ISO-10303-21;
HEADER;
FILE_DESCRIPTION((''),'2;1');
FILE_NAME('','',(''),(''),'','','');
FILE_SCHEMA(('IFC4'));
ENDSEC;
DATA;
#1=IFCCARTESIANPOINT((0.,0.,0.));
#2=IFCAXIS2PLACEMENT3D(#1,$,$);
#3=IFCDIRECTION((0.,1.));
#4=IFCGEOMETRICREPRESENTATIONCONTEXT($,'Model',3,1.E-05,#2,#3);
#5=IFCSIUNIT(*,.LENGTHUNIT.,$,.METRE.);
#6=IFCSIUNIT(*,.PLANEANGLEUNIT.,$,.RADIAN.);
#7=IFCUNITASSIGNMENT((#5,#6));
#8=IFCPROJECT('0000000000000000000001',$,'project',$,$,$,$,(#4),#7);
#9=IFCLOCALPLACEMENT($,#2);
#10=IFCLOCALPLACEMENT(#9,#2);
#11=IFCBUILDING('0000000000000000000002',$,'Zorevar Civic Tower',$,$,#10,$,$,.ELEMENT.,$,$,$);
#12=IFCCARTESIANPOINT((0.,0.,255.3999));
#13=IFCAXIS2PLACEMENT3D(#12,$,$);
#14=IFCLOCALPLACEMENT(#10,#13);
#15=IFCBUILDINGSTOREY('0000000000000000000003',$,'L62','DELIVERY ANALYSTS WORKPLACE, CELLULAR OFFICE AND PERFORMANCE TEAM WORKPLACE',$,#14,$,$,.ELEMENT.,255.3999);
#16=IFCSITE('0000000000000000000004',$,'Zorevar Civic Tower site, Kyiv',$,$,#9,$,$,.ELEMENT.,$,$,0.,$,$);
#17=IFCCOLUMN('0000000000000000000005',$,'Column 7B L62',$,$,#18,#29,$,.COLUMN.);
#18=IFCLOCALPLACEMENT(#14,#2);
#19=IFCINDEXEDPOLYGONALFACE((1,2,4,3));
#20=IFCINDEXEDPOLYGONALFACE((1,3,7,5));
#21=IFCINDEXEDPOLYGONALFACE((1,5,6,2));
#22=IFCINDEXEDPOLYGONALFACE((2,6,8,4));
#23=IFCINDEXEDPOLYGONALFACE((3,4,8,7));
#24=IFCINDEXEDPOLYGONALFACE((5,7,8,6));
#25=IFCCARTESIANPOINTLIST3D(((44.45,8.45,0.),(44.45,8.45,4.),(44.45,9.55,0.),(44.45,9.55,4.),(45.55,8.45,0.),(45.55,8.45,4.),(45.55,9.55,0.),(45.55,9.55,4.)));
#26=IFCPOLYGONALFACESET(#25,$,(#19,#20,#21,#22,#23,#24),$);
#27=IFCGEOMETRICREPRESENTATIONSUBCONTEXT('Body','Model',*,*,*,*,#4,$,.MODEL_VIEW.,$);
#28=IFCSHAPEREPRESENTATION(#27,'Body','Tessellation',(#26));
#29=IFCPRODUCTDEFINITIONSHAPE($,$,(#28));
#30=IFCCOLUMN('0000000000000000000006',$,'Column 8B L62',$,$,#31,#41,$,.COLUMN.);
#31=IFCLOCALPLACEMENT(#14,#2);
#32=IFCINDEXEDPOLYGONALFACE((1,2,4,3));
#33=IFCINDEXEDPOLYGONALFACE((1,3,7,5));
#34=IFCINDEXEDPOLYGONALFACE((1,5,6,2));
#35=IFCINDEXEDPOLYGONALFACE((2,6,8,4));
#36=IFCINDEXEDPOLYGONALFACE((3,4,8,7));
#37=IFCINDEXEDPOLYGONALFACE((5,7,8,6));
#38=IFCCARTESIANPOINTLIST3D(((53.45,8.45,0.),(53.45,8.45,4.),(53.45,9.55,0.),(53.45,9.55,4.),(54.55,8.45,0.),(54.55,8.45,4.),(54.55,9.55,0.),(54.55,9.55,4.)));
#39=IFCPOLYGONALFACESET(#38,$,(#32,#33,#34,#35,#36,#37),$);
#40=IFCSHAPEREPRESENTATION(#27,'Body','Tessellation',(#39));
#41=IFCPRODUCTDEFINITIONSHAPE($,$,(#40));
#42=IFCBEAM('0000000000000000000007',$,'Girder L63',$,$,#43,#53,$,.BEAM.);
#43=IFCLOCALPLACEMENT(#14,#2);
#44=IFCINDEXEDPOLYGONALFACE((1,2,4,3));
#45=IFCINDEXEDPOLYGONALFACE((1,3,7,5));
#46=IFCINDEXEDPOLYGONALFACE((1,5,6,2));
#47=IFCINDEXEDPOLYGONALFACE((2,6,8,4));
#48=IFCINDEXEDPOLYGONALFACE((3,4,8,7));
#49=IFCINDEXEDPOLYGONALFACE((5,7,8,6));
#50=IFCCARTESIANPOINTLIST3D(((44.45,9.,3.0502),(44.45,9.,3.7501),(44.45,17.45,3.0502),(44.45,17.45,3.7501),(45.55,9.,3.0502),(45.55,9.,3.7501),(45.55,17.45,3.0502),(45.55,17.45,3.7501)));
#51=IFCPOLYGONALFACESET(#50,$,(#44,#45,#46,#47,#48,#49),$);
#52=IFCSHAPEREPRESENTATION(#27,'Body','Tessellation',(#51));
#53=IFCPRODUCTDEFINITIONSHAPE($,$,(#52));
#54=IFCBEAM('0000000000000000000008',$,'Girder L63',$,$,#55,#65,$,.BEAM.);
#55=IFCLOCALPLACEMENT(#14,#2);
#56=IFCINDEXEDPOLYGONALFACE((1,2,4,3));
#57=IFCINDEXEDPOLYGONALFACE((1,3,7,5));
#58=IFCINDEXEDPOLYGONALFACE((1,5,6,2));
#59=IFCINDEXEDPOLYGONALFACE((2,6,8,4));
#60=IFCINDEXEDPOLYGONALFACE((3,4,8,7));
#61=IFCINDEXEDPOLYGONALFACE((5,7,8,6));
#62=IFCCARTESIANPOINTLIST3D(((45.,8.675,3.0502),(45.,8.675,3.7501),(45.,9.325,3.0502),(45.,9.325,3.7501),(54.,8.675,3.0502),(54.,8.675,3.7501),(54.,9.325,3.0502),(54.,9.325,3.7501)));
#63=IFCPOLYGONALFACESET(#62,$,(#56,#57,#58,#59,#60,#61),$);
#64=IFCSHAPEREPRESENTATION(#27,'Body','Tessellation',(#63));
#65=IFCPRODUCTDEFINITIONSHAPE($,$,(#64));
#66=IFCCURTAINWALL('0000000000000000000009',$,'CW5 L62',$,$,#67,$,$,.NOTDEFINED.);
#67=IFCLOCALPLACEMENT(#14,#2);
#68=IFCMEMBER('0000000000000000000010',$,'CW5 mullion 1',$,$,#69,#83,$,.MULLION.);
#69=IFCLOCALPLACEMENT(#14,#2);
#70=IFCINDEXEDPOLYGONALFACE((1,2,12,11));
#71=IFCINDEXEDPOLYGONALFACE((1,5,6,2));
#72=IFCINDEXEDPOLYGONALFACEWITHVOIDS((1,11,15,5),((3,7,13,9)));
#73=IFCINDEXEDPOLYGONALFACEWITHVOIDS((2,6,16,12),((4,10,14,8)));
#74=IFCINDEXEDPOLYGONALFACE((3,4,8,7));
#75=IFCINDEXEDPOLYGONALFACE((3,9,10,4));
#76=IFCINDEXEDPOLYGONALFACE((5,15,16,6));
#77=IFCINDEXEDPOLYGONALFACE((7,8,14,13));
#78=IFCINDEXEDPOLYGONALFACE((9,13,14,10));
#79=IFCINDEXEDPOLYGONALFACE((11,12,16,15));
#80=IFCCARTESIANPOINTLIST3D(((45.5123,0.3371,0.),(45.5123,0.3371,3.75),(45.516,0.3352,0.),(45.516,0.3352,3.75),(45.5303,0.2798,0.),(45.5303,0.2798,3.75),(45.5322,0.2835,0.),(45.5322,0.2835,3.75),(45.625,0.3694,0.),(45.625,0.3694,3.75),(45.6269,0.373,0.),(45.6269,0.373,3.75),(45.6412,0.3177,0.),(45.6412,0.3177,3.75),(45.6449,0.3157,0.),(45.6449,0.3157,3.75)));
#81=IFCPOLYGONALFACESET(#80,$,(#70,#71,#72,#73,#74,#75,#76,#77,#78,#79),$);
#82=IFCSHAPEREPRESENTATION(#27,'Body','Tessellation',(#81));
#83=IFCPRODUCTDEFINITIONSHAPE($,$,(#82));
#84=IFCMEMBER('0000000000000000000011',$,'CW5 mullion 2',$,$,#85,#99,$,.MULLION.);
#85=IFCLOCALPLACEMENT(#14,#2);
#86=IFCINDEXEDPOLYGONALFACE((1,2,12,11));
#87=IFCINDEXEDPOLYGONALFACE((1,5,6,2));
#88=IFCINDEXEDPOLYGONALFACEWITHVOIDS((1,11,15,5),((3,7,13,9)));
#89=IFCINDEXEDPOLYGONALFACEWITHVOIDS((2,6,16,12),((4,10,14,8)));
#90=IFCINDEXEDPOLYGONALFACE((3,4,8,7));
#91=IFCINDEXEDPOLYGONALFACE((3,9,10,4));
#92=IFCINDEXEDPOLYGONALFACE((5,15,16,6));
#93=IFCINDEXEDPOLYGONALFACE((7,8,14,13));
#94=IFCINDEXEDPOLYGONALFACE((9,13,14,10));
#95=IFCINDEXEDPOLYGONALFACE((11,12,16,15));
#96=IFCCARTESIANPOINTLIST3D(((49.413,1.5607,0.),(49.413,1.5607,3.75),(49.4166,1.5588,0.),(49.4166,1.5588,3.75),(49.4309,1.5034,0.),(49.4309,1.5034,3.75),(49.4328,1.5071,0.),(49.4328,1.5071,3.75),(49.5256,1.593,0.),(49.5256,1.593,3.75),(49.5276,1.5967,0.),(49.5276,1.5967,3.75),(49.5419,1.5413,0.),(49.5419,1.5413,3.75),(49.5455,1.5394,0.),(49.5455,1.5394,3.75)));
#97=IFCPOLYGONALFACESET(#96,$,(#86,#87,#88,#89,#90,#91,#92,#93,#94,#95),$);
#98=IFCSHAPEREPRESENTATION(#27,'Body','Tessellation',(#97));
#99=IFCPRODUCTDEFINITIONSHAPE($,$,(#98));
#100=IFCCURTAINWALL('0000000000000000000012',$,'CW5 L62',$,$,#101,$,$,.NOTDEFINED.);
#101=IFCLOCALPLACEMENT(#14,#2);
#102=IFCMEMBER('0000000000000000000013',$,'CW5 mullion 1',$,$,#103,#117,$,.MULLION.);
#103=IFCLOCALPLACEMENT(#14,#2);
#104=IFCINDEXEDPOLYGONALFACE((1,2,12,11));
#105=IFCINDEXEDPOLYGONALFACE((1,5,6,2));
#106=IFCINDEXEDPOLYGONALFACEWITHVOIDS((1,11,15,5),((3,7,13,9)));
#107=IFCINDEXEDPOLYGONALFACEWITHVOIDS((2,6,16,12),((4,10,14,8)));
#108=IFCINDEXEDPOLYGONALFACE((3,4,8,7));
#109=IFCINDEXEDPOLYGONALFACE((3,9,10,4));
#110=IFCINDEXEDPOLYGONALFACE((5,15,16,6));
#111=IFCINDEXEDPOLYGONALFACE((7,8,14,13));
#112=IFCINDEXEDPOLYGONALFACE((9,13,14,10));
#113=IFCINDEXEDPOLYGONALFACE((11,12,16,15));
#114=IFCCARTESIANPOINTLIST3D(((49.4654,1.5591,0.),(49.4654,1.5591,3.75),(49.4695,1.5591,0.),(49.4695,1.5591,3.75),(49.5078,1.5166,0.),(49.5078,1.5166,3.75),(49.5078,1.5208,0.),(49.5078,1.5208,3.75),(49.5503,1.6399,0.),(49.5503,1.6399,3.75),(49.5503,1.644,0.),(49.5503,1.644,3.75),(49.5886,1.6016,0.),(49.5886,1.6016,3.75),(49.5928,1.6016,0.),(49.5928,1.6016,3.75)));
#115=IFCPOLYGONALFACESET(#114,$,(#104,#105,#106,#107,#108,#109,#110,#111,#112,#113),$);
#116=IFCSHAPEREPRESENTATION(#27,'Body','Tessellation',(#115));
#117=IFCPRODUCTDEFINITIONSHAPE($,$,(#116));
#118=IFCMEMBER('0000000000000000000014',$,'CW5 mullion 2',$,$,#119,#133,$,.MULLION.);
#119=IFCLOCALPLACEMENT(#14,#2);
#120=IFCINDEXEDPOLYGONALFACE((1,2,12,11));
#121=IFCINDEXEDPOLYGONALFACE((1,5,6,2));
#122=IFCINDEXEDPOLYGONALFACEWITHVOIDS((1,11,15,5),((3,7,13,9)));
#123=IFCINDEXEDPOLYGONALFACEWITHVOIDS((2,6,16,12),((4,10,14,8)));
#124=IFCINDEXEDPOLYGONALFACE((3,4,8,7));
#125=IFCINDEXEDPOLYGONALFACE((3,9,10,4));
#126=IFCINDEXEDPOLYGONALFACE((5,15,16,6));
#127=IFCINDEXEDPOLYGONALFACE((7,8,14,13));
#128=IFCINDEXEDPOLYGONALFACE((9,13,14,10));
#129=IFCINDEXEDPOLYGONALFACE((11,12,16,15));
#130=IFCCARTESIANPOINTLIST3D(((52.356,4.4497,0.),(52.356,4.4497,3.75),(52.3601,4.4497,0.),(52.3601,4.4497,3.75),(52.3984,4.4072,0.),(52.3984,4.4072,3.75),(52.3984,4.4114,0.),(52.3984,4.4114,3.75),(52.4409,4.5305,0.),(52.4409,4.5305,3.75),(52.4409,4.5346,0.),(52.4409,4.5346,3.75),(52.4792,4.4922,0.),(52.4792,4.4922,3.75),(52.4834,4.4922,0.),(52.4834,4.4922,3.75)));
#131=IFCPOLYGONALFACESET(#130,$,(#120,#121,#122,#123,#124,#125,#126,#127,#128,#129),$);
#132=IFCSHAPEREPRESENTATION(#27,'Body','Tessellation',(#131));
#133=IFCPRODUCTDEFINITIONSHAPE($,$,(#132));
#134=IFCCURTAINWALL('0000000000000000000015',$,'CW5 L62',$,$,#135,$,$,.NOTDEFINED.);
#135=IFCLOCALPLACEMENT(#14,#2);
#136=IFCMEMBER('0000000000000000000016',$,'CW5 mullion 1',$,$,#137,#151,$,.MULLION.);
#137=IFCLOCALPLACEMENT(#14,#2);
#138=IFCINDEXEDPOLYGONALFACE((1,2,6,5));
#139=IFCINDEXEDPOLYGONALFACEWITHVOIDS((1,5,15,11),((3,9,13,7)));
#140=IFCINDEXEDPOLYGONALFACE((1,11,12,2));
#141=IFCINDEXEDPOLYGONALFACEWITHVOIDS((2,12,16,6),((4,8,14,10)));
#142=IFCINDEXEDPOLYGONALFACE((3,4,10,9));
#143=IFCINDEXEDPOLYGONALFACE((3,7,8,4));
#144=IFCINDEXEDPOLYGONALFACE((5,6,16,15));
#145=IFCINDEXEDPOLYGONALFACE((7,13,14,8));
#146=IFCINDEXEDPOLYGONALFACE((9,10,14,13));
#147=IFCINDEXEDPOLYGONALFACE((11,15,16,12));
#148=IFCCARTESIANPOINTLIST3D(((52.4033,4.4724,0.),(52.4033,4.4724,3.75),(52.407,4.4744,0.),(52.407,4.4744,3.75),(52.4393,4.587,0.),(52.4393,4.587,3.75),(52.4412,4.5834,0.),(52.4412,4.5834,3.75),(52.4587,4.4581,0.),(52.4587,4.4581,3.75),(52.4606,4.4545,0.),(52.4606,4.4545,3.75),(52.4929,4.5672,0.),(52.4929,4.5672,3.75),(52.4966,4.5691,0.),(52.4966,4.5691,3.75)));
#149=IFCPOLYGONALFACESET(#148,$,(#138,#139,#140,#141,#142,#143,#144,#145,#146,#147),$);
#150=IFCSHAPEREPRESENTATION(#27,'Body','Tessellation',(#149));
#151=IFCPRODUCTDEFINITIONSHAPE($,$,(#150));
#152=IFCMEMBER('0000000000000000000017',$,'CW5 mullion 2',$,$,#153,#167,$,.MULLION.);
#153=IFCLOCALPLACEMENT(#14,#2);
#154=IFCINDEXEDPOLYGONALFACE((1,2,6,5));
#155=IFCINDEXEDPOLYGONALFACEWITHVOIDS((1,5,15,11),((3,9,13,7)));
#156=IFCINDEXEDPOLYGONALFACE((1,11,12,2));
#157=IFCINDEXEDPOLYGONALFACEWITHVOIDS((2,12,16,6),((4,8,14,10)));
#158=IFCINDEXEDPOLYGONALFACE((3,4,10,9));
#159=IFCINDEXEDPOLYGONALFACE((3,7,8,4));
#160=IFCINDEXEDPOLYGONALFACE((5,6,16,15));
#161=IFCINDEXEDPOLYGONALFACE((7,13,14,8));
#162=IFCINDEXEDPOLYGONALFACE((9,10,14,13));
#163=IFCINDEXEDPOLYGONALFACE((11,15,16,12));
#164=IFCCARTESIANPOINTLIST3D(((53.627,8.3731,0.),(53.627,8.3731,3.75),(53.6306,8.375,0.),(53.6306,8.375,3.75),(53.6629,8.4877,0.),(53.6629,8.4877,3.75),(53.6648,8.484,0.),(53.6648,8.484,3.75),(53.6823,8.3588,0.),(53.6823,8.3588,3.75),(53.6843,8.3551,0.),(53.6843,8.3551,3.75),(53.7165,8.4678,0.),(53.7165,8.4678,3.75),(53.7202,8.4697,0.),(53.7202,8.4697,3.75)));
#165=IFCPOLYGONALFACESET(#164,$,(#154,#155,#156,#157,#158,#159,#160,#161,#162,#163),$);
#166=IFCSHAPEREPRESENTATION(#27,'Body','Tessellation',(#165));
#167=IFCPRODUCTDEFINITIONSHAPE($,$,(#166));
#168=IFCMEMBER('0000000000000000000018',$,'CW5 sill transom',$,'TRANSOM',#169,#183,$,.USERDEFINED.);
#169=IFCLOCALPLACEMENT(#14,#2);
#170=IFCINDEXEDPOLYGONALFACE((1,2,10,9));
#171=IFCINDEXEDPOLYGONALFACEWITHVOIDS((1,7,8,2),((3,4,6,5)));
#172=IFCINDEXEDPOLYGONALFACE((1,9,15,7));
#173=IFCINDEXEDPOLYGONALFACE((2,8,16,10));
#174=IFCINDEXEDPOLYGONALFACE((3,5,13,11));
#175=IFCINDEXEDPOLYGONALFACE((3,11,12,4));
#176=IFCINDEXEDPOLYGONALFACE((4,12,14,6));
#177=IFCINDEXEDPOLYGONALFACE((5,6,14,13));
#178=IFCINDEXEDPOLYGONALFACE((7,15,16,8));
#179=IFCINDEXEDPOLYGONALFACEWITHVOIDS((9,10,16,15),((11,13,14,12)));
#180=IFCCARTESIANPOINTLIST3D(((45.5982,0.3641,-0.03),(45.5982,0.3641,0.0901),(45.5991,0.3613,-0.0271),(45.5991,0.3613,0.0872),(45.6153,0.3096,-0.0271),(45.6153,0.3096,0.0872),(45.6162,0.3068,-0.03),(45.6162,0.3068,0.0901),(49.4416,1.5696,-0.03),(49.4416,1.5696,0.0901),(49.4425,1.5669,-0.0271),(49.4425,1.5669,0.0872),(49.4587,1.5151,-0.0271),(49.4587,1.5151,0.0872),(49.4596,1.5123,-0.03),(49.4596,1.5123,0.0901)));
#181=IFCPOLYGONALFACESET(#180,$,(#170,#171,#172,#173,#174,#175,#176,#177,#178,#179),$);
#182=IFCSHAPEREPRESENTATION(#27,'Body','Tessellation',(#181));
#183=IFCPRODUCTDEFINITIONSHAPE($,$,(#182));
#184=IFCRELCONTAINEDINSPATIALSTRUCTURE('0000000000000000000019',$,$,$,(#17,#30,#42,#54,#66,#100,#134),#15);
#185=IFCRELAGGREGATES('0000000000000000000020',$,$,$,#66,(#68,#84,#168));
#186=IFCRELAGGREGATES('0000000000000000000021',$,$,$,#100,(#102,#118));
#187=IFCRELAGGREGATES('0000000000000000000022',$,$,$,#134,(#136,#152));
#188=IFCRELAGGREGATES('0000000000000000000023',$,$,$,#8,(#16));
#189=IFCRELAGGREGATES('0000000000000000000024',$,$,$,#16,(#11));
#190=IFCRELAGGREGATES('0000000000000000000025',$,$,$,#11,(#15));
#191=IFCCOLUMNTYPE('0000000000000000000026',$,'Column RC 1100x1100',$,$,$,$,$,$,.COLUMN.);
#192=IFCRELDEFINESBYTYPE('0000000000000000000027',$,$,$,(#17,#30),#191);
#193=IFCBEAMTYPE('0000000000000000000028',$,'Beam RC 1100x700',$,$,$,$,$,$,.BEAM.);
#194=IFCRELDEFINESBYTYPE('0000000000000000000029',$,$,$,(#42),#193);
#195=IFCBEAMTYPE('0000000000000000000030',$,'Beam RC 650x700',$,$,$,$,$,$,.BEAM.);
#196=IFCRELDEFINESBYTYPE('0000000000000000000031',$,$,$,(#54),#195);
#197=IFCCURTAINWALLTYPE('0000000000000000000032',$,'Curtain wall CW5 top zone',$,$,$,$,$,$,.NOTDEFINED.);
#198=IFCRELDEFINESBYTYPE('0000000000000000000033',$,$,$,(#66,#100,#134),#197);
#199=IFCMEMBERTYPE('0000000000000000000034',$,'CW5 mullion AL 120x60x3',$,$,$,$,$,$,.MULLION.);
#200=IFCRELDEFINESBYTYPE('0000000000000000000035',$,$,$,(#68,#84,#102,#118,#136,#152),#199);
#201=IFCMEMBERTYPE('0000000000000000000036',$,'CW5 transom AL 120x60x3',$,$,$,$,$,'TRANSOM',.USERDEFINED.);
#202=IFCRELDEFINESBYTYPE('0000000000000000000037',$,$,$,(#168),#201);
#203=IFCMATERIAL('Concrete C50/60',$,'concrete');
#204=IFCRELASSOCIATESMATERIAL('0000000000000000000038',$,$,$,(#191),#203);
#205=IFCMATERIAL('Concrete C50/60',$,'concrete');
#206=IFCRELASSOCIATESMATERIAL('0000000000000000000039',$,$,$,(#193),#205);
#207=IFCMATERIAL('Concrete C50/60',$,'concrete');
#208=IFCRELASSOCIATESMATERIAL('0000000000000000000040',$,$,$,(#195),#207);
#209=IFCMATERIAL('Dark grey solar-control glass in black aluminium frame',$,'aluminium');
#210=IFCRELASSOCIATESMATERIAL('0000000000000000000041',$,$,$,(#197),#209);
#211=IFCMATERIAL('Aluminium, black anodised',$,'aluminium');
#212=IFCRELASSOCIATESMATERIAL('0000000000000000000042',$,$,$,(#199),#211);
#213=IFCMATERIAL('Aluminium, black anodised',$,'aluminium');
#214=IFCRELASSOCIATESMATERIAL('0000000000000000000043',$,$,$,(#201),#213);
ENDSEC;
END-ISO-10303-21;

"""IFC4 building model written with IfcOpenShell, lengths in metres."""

from ifc_helpers import new_model, si_unit, direction, frame, origin, origin_2d, place, context, subcontext, project, spatial, rectangle, hollow_rectangle, extrude, material, material_profile, profile_set, type_object, element, aggregate, save


model = new_model("IFC4")

# Units and contexts
model_context = context("Model", 3, precision=1e-05, world=origin(), true_north=direction((0.0, 1.0)))
body_context = subcontext(model_context, "Body", "Model", "MODEL_VIEW")
ifc_project = project(units=[si_unit("LENGTHUNIT", "METRE"), si_unit("PLANEANGLEUNIT", "RADIAN")], contexts=[model_context])

# Site, building, storey
site_placement = place(None, origin())
site = spatial("IfcSite", under=ifc_project, at=site_placement, Name="Zorevar Civic Tower site, Kyiv", CompositionType="ELEMENT", RefElevation=0.0)
building_placement = place(site_placement, origin())
building = spatial("IfcBuilding", under=site, at=building_placement, Name="Zorevar Civic Tower", CompositionType="ELEMENT")
storey_placement = place(building_placement, frame((0.0, 0.0, 255.3999)))
storey = spatial("IfcBuildingStorey", under=building, at=storey_placement, Name="L62", Description="DELIVERY ANALYSTS WORKPLACE, CELLULAR OFFICE AND PERFORMANCE TEAM WORKPLACE", CompositionType="ELEMENT", Elevation=255.3999)

# Columns
ifc_material_1 = material(Name="Concrete C50/60", Category="concrete")
ifc_material_profile_1 = material_profile(ifc_material_1, rectangle(XDim=1.1001, YDim=1.1001, at=origin_2d()), Name="RC 1100x1100")
ifc_profile_set_1 = profile_set([ifc_material_profile_1], Name="Concrete C50/60")
column_type = type_object("IfcColumnType", Name="Column RC 1100x1100", PredefinedType="COLUMN", material=ifc_profile_set_1)
for number, where, z_axis, x_axis, name in (
    (1, (45.0, 9.0, 0.0), (0.0, 0.0, 1.0), (1.0, 0.0, 0.0), "Column 7B L62"),
    (2, (54.0, 9.0, 0.0), (0.0, 0.0, 1.0), (1.0, 0.0, 0.0), "Column 8B L62"),
):
    element("IfcColumn", number, at=place(storey_placement, frame(where, z_axis=z_axis, x_axis=x_axis)), inside=storey, type_object=column_type, Name=name, PredefinedType="COLUMN", context=body_context, shape_type="SweptSolid", body=[
        extrude(rectangle(XDim=1.1001, YDim=1.1001, at=origin_2d()), origin(), (0.0, 0.0, 1.0), 4.0),
    ])

# Beams
ifc_material_2 = material(Name="Concrete C50/60", Category="concrete")
ifc_material_profile_2 = material_profile(ifc_material_2, rectangle(XDim=1.1001, YDim=0.7, at=origin_2d()), Name="RC 1100x700")
ifc_profile_set_2 = profile_set([ifc_material_profile_2], Name="Concrete C50/60")
beam_type_1 = type_object("IfcBeamType", Name="Beam RC 1100x700", PredefinedType="BEAM", material=ifc_profile_set_2)
beam_1_placement = place(storey_placement, frame((45.0, 9.0, 3.4001), z_axis=(0.0, 1.0, 0.0), x_axis=(-1.0, 0.0, 0.0)))
element("IfcBeam", 3, at=beam_1_placement, inside=storey, type_object=beam_type_1, Name="Girder L63", PredefinedType="BEAM", context=body_context, shape_type="SweptSolid", body=[
    extrude(rectangle(XDim=1.1001, YDim=0.7, at=origin_2d()), origin(), (0.0, 0.0, 1.0), 8.45),
])
ifc_material_3 = material(Name="Concrete C50/60", Category="concrete")
ifc_material_profile_3 = material_profile(ifc_material_3, rectangle(XDim=0.6499, YDim=0.7, at=origin_2d()), Name="RC 650x700")
ifc_profile_set_3 = profile_set([ifc_material_profile_3], Name="Concrete C50/60")
beam_type_2 = type_object("IfcBeamType", Name="Beam RC 650x700", PredefinedType="BEAM", material=ifc_profile_set_3)
beam_2_placement = place(storey_placement, frame((45.0, 9.0, 3.4001), z_axis=(1.0, 0.0, 0.0), x_axis=(0.0, 1.0, 0.0)))
element("IfcBeam", 4, at=beam_2_placement, inside=storey, type_object=beam_type_2, Name="Girder L63", PredefinedType="BEAM", context=body_context, shape_type="SweptSolid", body=[
    extrude(rectangle(XDim=0.6499, YDim=0.7, at=origin_2d()), origin(), (0.0, 0.0, 1.0), 9.0),
])

# Curtain walls, members
ifc_material_4 = material(Name="Dark grey solar-control glass in black aluminium frame", Category="aluminium")
curtain_wall_type = type_object("IfcCurtainWallType", Name="Curtain wall CW5 top zone", PredefinedType="NOTDEFINED", material=ifc_material_4)
curtain_wall_1_placement = place(storey_placement, origin())
curtain_wall_1 = element("IfcCurtainWall", 5, at=curtain_wall_1_placement, inside=storey, type_object=curtain_wall_type, Name="CW5 L62", PredefinedType="NOTDEFINED")
ifc_material_5 = material(Name="Aluminium, black anodised", Category="aluminium")
ifc_material_profile_4 = material_profile(ifc_material_5, hollow_rectangle(XDim=0.0601, YDim=0.1201, WallThickness=0.0029, at=origin_2d()), Name="AL 120x60x3")
ifc_profile_set_4 = profile_set([ifc_material_profile_4], Name="Aluminium, black anodised")
member_type_1 = type_object("IfcMemberType", Name="CW5 mullion AL 120x60x3", PredefinedType="MULLION", material=ifc_profile_set_4)
member_1_placement = place(storey_placement, frame((45.5786, 0.3264, 0.0), z_axis=(0.0, 0.0, 1.0), x_axis=(-0.299318, 0.954153, 0.0)))
member_1 = element("IfcMember", 6, at=member_1_placement, type_object=member_type_1, Name="CW5 mullion 1", PredefinedType="MULLION", context=body_context, shape_type="SweptSolid", body=[
    extrude(hollow_rectangle(XDim=0.0601, YDim=0.1201, WallThickness=0.0029, at=origin_2d()), origin(), (0.0, 0.0, 1.0), 3.75),
])
member_2_placement = place(storey_placement, frame((49.4792, 1.55, 0.0), z_axis=(0.0, 0.0, 1.0), x_axis=(-0.299318, 0.954153, 0.0)))
member_2 = element("IfcMember", 7, at=member_2_placement, type_object=member_type_1, Name="CW5 mullion 2", PredefinedType="MULLION", context=body_context, shape_type="SweptSolid", body=[
    extrude(hollow_rectangle(XDim=0.0601, YDim=0.1201, WallThickness=0.0029, at=origin_2d()), origin(), (0.0, 0.0, 1.0), 3.75),
])
curtain_wall_2_placement = place(storey_placement, origin())
curtain_wall_2 = element("IfcCurtainWall", 8, at=curtain_wall_2_placement, inside=storey, type_object=curtain_wall_type, Name="CW5 L62", PredefinedType="NOTDEFINED")
member_3_placement = place(storey_placement, frame((49.5291, 1.5803, 0.0), z_axis=(0.0, 0.0, 1.0), x_axis=(-0.707107, 0.707107, 0.0)))
member_3 = element("IfcMember", 9, at=member_3_placement, type_object=member_type_1, Name="CW5 mullion 1", PredefinedType="MULLION", context=body_context, shape_type="SweptSolid", body=[
    extrude(hollow_rectangle(XDim=0.0601, YDim=0.1201, WallThickness=0.0029, at=origin_2d()), origin(), (0.0, 0.0, 1.0), 3.75),
])
member_4_placement = place(storey_placement, frame((52.4197, 4.4709, 0.0), z_axis=(0.0, 0.0, 1.0), x_axis=(-0.707107, 0.707107, 0.0)))
member_4 = element("IfcMember", 10, at=member_4_placement, type_object=member_type_1, Name="CW5 mullion 2", PredefinedType="MULLION", context=body_context, shape_type="SweptSolid", body=[
    extrude(hollow_rectangle(XDim=0.0601, YDim=0.1201, WallThickness=0.0029, at=origin_2d()), origin(), (0.0, 0.0, 1.0), 3.75),
])
curtain_wall_3_placement = place(storey_placement, origin())
curtain_wall_3 = element("IfcCurtainWall", 11, at=curtain_wall_3_placement, inside=storey, type_object=curtain_wall_type, Name="CW5 L62", PredefinedType="NOTDEFINED")
member_5_placement = place(storey_placement, frame((52.45, 4.5208, 0.0), z_axis=(0.0, 0.0, 1.0), x_axis=(-0.954153, 0.299318, 0.0)))
member_5 = element("IfcMember", 12, at=member_5_placement, type_object=member_type_1, Name="CW5 mullion 1", PredefinedType="MULLION", context=body_context, shape_type="SweptSolid", body=[
    extrude(hollow_rectangle(XDim=0.0601, YDim=0.1201, WallThickness=0.0029, at=origin_2d()), origin(), (0.0, 0.0, 1.0), 3.75),
])
member_6_placement = place(storey_placement, frame((53.6736, 8.4214, 0.0), z_axis=(0.0, 0.0, 1.0), x_axis=(-0.954153, 0.299318, 0.0)))
member_6 = element("IfcMember", 13, at=member_6_placement, type_object=member_type_1, Name="CW5 mullion 2", PredefinedType="MULLION", context=body_context, shape_type="SweptSolid", body=[
    extrude(hollow_rectangle(XDim=0.0601, YDim=0.1201, WallThickness=0.0029, at=origin_2d()), origin(), (0.0, 0.0, 1.0), 3.75),
])

# Member
ifc_material_6 = material(Name="Aluminium, black anodised", Category="aluminium")
ifc_material_profile_5 = material_profile(ifc_material_6, hollow_rectangle(XDim=0.0601, YDim=0.1201, WallThickness=0.0029, at=origin_2d()), Name="AL 120x60x3")
ifc_profile_set_5 = profile_set([ifc_material_profile_5], Name="Aluminium, black anodised")
member_type_2 = type_object("IfcMemberType", Name="CW5 transom AL 120x60x3", ElementType="TRANSOM", PredefinedType="USERDEFINED", material=ifc_profile_set_5)
member_7_placement = place(storey_placement, frame((45.6072, 0.3354, 0.03), z_axis=(0.954163, 0.299286, 0.0), x_axis=(-0.299286, 0.954163, 0.0)))
member_7 = element("IfcMember", 14, at=member_7_placement, type_object=member_type_2, Name="CW5 sill transom", ObjectType="TRANSOM", PredefinedType="USERDEFINED", context=body_context, shape_type="SweptSolid", body=[
    extrude(hollow_rectangle(XDim=0.0601, YDim=0.1201, WallThickness=0.0029, at=origin_2d()), origin(), (0.0, 0.0, 1.0), 4.0281),
])

aggregate(curtain_wall_1, [member_1, member_2, member_7])
aggregate(curtain_wall_2, [member_3, member_4])
aggregate(curtain_wall_3, [member_5, member_6])

save(model, "model.ifc")
